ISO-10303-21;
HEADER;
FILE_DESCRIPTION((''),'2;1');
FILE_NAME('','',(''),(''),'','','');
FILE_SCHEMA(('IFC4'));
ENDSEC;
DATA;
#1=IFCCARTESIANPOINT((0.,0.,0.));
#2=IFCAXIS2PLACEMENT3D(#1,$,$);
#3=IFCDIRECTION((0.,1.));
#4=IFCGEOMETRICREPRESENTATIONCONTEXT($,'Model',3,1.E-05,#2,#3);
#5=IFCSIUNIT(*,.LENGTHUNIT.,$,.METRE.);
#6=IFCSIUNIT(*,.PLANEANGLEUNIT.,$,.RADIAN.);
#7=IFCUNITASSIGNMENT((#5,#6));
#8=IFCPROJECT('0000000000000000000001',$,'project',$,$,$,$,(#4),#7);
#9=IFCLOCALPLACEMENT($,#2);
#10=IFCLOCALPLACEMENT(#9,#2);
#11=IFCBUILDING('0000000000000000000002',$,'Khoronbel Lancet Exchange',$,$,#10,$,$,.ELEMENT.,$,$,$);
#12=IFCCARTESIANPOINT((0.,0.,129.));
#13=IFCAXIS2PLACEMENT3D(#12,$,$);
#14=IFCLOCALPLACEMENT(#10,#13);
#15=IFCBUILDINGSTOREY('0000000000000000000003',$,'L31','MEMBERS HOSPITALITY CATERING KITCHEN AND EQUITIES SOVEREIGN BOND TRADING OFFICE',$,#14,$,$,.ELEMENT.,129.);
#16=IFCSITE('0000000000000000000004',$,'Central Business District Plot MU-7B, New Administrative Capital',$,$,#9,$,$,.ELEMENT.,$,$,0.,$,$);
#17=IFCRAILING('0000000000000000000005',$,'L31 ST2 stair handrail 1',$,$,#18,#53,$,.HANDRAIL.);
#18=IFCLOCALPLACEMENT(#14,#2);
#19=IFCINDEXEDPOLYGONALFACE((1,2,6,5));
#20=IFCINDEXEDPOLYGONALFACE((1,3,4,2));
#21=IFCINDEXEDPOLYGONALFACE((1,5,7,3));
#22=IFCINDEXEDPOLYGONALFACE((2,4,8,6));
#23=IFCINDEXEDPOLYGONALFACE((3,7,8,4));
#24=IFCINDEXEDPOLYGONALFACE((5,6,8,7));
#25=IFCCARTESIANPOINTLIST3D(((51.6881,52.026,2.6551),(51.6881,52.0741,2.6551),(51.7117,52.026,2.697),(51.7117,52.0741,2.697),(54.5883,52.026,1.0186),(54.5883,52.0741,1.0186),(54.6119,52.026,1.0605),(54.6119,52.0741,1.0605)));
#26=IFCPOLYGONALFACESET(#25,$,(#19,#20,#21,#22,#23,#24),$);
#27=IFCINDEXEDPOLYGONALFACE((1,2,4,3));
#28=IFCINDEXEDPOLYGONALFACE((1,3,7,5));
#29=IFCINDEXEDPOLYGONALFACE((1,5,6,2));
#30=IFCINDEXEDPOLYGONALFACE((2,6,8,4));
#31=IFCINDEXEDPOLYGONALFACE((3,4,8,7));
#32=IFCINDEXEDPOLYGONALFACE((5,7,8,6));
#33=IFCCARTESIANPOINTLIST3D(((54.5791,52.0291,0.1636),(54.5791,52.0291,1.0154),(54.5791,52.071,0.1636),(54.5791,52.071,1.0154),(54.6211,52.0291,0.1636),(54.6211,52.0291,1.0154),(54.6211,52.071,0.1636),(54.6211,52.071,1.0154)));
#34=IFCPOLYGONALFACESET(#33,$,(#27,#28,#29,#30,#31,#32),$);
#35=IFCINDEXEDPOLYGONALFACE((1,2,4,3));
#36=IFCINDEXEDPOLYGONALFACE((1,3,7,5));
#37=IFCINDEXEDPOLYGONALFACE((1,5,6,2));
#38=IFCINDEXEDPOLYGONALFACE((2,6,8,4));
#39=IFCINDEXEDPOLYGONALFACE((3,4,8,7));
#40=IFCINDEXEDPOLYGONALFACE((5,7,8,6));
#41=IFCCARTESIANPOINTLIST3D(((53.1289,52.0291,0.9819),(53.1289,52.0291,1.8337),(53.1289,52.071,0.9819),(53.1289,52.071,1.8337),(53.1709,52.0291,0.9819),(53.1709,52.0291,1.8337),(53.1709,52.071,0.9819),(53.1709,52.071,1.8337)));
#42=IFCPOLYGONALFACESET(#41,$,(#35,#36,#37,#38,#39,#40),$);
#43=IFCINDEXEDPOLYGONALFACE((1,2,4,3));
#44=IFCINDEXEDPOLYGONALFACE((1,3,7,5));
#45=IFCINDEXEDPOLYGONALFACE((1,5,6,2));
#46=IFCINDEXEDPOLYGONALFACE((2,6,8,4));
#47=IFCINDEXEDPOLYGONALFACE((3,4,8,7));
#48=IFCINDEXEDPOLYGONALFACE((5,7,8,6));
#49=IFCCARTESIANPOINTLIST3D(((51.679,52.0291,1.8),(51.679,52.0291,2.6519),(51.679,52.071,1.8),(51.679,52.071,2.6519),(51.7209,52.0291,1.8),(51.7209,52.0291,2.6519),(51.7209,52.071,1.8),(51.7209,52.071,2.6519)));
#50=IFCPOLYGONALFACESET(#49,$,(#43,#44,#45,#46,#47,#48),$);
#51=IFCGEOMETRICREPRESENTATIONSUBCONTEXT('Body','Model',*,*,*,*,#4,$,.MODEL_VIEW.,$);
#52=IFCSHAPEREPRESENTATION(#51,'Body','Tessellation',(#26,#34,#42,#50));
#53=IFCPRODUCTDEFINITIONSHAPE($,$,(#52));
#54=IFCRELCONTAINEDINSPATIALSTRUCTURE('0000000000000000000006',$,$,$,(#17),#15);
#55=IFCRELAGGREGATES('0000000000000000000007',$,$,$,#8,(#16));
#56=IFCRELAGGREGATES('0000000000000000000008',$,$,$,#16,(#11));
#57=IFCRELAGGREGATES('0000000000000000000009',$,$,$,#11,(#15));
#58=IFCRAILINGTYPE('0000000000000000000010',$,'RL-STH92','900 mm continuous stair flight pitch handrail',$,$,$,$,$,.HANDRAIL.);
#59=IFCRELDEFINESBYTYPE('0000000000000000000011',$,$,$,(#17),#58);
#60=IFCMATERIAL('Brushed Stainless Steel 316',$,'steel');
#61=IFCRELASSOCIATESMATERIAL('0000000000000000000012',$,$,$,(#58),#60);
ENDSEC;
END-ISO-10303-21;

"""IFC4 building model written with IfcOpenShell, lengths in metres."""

from ifc_helpers import new_model, si_unit, direction, frame, origin, origin_2d, place, context, subcontext, project, spatial, rectangle, extrude, material, type_object, element, save


model = new_model("IFC4")

# Units and contexts
model_context = context("Model", 3, precision=1e-05, world=origin(), true_north=direction((0.0, 1.0)))
body_context = subcontext(model_context, "Body", "Model", "MODEL_VIEW")
ifc_project = project(units=[si_unit("LENGTHUNIT", "METRE"), si_unit("PLANEANGLEUNIT", "RADIAN")], contexts=[model_context])

# Site, building, storey
site_placement = place(None, origin())
site = spatial("IfcSite", under=ifc_project, at=site_placement, Name="Central Business District Plot MU-7B, New Administrative Capital", CompositionType="ELEMENT", RefElevation=0.0)
building_placement = place(site_placement, origin())
building = spatial("IfcBuilding", under=site, at=building_placement, Name="Khoronbel Lancet Exchange", CompositionType="ELEMENT")
storey_placement = place(building_placement, frame((0.0, 0.0, 129.0)))
storey = spatial("IfcBuildingStorey", under=building, at=storey_placement, Name="L31", Description="MEMBERS HOSPITALITY CATERING KITCHEN AND EQUITIES SOVEREIGN BOND TRADING OFFICE", CompositionType="ELEMENT", Elevation=129.0)

# Railing
ifc_material_1 = material(Name="Brushed Stainless Steel 316", Category="steel")
railing_type_1 = type_object("IfcRailingType", Name="RL-STH92", Description="900 mm continuous stair flight pitch handrail", PredefinedType="HANDRAIL", material=ifc_material_1)
railing_1_placement = place(storey_placement, frame((54.6001, 52.05, 0.1636)))
element("IfcRailing", 1, at=railing_1_placement, inside=storey, type_object=railing_type_1, Name="L31 ST2 stair handrail 1", PredefinedType="HANDRAIL", context=body_context, shape_type="SweptSolid", body=[
    extrude(rectangle(XDim=0.0481, YDim=0.0481, at=origin_2d()), frame((0.0, 0.0, 0.876), z_axis=(-0.870915, 0.0, 0.491434), x_axis=(0.0, -1.0, 0.0)), (0.0, 0.0, 1.0), 3.3301),
    extrude(rectangle(XDim=0.042, YDim=0.042, at=origin_2d()), origin(), (0.0, 0.0, 1.0), 0.8518),
    extrude(rectangle(XDim=0.042, YDim=0.042, at=origin_2d()), frame((-1.4502, 0.0, 0.8184)), (0.0, 0.0, 1.0), 0.8518),
    extrude(rectangle(XDim=0.042, YDim=0.042, at=origin_2d()), frame((-2.9001, 0.0, 1.6365)), (0.0, 0.0, 1.0), 0.8518),
])

save(model, "model.ifc")
